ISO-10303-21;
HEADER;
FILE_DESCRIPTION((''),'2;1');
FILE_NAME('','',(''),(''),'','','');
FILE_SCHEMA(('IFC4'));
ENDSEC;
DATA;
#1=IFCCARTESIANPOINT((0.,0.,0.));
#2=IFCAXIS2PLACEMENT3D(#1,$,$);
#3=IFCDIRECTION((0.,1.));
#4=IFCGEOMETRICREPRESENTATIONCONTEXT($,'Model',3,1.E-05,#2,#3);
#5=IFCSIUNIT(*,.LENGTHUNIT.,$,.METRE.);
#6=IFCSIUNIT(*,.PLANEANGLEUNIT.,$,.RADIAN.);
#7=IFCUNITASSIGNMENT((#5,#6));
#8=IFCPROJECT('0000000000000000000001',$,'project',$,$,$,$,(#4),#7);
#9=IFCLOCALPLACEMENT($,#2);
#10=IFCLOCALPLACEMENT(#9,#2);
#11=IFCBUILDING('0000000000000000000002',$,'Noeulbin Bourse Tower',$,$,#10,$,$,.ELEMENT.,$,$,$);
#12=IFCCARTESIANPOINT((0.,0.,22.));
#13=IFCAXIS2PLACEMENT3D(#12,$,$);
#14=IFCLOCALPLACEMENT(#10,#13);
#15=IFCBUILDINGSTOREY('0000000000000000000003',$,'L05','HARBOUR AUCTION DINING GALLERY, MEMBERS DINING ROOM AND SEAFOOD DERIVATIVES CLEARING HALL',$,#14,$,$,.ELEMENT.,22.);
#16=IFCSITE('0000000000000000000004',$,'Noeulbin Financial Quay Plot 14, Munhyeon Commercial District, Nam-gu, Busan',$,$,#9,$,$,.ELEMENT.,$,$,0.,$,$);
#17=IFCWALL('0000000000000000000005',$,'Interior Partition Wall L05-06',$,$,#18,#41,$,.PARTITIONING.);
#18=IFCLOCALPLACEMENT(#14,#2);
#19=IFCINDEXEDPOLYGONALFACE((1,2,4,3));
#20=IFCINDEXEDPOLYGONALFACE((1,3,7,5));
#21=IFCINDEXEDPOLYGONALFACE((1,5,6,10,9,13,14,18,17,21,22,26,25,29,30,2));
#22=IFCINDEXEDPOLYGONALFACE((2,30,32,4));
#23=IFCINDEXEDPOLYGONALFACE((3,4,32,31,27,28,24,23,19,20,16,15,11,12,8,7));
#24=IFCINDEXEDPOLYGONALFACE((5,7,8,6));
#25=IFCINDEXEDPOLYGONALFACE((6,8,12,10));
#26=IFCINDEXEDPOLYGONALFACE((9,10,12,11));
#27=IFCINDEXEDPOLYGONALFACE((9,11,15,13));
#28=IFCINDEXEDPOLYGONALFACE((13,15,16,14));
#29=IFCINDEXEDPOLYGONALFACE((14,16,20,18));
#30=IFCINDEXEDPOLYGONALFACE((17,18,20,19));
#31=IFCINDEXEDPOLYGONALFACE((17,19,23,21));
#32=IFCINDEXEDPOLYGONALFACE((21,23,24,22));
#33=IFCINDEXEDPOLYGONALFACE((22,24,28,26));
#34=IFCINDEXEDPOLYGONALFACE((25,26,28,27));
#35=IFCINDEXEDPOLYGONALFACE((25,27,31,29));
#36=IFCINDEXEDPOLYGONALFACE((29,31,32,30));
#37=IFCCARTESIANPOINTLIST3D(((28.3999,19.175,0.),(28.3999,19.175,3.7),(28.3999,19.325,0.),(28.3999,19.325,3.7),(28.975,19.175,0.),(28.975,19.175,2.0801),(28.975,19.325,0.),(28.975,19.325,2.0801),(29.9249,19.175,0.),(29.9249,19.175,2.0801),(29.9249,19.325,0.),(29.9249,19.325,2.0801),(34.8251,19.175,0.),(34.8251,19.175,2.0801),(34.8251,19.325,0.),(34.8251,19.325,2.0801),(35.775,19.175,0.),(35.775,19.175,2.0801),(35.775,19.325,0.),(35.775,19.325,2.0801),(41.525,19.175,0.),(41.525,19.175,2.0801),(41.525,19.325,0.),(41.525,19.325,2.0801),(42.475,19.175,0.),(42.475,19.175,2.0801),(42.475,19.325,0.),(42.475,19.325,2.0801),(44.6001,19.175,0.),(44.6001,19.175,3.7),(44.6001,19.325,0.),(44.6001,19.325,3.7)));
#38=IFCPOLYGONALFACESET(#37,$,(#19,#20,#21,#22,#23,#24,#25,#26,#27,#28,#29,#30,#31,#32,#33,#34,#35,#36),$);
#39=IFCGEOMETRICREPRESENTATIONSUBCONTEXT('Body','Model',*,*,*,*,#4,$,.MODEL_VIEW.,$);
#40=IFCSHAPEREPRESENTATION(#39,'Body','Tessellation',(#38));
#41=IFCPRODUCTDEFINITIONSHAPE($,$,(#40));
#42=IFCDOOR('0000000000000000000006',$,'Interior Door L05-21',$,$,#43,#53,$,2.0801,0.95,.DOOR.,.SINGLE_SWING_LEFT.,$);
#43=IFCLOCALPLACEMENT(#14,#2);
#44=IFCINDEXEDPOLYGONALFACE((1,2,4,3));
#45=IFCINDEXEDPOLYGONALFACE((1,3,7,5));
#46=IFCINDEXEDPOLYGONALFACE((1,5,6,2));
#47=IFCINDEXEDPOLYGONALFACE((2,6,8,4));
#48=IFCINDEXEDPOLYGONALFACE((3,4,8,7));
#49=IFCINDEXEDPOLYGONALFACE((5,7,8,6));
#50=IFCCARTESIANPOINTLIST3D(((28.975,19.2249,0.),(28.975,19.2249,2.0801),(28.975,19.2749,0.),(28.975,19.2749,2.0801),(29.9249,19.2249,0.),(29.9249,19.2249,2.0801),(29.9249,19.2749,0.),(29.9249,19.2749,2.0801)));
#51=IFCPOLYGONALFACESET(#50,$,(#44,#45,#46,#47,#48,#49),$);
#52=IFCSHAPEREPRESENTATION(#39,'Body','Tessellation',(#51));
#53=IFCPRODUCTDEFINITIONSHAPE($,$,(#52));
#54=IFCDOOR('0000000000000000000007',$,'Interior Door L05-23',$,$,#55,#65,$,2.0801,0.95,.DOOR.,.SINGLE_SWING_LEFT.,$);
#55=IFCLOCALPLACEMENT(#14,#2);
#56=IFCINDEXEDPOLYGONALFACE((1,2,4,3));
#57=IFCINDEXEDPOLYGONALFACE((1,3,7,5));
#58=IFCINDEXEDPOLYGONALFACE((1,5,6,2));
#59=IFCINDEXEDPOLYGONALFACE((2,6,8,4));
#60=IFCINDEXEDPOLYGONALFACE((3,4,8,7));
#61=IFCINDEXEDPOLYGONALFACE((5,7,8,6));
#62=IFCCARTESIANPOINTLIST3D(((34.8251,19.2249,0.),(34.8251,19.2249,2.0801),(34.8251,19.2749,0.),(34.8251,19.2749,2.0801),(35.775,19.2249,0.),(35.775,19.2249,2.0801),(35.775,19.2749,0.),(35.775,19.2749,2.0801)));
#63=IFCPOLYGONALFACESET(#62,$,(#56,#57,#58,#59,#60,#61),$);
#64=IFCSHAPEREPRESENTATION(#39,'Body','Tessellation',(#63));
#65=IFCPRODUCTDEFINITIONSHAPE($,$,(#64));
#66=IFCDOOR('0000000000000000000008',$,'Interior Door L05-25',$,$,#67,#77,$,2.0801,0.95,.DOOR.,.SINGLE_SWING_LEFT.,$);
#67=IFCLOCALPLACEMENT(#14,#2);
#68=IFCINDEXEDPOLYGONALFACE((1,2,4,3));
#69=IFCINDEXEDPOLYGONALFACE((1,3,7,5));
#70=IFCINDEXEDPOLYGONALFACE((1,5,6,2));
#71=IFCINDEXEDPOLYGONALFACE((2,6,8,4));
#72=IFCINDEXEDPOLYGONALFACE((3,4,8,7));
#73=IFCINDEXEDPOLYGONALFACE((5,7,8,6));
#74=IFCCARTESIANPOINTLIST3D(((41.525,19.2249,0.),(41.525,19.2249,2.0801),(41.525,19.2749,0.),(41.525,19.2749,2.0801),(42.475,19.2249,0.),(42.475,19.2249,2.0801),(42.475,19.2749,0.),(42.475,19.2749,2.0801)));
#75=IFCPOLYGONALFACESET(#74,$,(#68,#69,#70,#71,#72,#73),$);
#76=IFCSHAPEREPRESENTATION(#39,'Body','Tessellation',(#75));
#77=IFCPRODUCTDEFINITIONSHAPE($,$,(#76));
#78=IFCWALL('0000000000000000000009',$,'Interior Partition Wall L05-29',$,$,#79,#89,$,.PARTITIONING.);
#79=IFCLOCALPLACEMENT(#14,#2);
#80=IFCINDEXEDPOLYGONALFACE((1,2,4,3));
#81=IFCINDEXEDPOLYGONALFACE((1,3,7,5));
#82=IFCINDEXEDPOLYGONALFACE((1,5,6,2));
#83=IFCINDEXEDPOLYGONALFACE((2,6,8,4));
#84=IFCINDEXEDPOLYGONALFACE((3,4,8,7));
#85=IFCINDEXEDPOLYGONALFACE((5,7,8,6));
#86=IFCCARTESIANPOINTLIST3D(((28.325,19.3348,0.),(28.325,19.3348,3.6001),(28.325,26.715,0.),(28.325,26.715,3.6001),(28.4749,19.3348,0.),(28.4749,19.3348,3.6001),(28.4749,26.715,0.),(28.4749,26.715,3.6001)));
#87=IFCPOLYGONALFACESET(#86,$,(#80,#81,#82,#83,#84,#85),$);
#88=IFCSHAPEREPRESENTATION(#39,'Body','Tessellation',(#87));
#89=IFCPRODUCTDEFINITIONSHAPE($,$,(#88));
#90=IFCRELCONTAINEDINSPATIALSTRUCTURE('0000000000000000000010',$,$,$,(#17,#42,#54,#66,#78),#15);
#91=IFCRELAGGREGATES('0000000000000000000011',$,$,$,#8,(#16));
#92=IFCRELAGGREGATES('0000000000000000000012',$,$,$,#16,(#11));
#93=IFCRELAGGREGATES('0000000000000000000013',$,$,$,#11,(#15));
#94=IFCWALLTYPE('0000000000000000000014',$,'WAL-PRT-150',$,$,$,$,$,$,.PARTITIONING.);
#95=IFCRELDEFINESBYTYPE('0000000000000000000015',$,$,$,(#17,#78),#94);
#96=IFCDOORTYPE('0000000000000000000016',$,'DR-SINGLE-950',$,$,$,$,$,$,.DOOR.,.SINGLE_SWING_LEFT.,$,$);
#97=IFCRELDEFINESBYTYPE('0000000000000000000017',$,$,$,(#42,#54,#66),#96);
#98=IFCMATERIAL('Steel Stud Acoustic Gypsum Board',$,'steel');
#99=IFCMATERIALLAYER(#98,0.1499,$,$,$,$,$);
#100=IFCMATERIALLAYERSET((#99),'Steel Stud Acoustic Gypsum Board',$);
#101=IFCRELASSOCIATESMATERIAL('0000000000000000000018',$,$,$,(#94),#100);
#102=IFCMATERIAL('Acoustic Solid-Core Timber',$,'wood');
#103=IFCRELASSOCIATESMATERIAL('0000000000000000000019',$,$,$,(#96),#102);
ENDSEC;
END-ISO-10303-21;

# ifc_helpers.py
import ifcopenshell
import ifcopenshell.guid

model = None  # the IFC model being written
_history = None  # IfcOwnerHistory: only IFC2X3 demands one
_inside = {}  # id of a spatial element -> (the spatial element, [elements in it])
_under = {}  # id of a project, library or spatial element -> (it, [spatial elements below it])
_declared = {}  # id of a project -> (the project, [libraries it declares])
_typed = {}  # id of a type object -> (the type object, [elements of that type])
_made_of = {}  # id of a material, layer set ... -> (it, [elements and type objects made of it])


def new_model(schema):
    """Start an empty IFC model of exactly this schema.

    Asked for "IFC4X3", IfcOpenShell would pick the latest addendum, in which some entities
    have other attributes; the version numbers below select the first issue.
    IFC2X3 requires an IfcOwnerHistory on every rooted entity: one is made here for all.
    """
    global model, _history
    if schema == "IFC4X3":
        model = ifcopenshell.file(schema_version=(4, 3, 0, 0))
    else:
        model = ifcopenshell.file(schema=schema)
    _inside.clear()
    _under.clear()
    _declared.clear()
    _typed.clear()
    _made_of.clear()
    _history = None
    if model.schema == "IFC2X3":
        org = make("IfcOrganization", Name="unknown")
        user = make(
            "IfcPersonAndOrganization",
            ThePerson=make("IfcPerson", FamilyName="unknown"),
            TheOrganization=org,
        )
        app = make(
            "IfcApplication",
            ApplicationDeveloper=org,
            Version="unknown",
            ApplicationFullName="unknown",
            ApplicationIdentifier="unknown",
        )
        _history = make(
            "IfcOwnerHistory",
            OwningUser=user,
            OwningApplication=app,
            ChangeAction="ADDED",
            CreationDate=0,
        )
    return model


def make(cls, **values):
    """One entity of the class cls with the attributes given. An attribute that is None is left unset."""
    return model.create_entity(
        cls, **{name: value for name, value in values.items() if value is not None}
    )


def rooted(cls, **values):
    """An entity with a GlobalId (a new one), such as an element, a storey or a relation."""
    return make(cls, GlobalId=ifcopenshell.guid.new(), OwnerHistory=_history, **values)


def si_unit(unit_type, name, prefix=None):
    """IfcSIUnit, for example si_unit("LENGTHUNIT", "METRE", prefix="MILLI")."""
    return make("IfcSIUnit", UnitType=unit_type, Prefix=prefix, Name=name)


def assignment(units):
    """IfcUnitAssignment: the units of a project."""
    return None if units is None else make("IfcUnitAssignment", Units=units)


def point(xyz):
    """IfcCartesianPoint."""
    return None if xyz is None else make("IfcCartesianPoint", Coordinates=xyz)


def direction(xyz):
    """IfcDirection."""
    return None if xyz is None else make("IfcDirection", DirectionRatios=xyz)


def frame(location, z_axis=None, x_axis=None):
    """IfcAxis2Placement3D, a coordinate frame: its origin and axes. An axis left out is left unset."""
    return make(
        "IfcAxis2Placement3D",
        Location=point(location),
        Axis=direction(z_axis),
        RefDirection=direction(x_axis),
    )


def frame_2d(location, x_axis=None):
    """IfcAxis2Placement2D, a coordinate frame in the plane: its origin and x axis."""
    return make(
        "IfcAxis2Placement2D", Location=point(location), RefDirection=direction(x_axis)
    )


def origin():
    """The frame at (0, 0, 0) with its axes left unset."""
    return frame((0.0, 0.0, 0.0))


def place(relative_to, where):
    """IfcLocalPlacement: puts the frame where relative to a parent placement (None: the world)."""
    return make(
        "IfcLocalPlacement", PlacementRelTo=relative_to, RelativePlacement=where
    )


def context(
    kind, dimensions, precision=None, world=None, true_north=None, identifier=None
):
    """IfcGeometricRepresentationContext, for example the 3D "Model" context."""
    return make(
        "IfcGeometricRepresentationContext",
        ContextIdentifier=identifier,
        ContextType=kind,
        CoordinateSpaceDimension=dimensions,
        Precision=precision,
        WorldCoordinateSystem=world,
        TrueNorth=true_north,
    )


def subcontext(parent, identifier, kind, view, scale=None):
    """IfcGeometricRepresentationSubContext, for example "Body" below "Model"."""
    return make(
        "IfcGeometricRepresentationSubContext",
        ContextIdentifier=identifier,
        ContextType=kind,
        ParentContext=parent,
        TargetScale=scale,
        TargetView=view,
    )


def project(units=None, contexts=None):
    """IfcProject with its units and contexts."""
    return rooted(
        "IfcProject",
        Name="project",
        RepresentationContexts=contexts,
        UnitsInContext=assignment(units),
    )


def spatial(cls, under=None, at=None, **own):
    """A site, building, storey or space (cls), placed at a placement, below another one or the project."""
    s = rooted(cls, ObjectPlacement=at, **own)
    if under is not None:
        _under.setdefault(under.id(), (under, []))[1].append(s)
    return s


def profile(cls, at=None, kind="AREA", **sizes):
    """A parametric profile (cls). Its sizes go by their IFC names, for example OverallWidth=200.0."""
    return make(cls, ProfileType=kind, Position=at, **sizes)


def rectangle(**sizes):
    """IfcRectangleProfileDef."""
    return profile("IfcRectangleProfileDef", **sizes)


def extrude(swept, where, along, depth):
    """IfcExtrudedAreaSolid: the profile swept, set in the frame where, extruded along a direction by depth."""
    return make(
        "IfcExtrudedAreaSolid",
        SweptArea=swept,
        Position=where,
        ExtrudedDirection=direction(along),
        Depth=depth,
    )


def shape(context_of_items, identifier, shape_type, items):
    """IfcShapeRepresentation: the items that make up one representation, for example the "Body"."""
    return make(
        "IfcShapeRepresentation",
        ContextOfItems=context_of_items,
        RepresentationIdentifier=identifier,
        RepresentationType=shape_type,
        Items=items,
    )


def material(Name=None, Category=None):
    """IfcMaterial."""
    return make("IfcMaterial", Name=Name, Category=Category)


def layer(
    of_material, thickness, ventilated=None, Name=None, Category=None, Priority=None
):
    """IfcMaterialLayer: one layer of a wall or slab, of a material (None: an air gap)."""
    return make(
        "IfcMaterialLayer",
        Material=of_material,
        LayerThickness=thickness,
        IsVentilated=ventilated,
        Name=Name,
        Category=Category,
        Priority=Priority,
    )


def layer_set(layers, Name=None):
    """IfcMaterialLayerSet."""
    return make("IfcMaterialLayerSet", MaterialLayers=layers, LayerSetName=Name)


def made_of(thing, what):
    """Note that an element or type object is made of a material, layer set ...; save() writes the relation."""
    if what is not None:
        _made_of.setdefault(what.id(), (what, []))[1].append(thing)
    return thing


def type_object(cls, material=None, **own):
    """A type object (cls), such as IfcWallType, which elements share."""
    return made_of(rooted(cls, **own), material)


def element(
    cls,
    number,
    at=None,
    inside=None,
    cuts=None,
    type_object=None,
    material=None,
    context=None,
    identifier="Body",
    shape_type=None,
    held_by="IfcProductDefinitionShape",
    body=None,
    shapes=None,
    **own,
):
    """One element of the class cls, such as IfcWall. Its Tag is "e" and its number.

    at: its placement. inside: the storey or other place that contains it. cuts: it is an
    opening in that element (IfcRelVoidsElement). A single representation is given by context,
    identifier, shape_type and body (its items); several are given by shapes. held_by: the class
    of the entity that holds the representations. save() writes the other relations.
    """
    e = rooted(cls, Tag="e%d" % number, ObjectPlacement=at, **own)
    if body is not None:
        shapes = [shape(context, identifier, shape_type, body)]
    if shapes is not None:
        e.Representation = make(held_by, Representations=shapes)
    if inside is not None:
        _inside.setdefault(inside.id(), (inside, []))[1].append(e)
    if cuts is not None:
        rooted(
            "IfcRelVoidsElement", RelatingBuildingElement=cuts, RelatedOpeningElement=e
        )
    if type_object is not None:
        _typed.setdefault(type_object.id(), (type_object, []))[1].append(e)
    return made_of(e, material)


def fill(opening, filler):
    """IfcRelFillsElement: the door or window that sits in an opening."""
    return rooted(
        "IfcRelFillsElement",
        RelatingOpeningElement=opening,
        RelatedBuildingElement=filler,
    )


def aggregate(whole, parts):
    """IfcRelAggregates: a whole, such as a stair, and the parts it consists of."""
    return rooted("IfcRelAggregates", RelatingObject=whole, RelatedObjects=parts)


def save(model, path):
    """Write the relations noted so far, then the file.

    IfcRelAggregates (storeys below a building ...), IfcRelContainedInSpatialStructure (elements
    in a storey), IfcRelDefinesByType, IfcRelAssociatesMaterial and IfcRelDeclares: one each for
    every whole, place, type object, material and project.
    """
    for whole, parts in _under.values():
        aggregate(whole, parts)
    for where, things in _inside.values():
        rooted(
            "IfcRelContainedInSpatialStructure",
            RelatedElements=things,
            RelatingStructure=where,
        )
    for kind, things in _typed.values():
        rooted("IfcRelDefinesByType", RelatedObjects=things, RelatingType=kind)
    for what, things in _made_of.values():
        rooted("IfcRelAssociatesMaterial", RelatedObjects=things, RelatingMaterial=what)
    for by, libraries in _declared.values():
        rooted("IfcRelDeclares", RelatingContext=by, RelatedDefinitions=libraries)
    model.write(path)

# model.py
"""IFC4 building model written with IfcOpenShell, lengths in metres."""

from ifc_helpers import new_model, si_unit, direction, frame, frame_2d, origin, place, context, subcontext, project, spatial, rectangle, extrude, material, layer, layer_set, type_object, element, fill, save


model = new_model("IFC4")

# Units and contexts
model_context = context("Model", 3, precision=1e-05, world=origin(), true_north=direction((0.0, 1.0)))
body_context = subcontext(model_context, "Body", "Model", "MODEL_VIEW")
ifc_project = project(units=[si_unit("LENGTHUNIT", "METRE"), si_unit("PLANEANGLEUNIT", "RADIAN")], contexts=[model_context])

# Site, building, storey
site_placement = place(None, origin())
site = spatial("IfcSite", under=ifc_project, at=site_placement, Name="Noeulbin Financial Quay Plot 14, Munhyeon Commercial District, Nam-gu, Busan", CompositionType="ELEMENT", RefElevation=0.0)
building_placement = place(site_placement, origin())
building = spatial("IfcBuilding", under=site, at=building_placement, Name="Noeulbin Bourse Tower", CompositionType="ELEMENT")
storey_placement = place(building_placement, frame((0.0, 0.0, 22.0)))
storey = spatial("IfcBuildingStorey", under=building, at=storey_placement, Name="L05", Description="HARBOUR AUCTION DINING GALLERY, MEMBERS DINING ROOM AND SEAFOOD DERIVATIVES CLEARING HALL", CompositionType="ELEMENT", Elevation=22.0)

# Wall, openings, doors
ifc_material_1 = material(Name="Steel Stud Acoustic Gypsum Board", Category="steel")
ifc_layer_1 = layer(ifc_material_1, 0.1499)
ifc_layer_set_1 = layer_set([ifc_layer_1], Name="Steel Stud Acoustic Gypsum Board")
wall_type_1 = type_object("IfcWallType", Name="WAL-PRT-150", PredefinedType="PARTITIONING", material=ifc_layer_set_1)
wall_1_placement = place(storey_placement, frame((28.3999, 19.25, 0.0), z_axis=(0.0, 0.0, 1.0), x_axis=(1.0, 0.0, 0.0)))
wall_1 = element("IfcWall", 1, at=wall_1_placement, inside=storey, type_object=wall_type_1, Name="Interior Partition Wall L05-06", PredefinedType="PARTITIONING", context=body_context, shape_type="SweptSolid", body=[
    extrude(rectangle(XDim=16.2002, YDim=0.1499, at=frame_2d((8.1001, 0.0))), origin(), (0.0, 0.0, 1.0), 3.7),
])
opening_1_placement = place(wall_1_placement, frame((0.575, 0.0, 0.0)))
opening_1 = element("IfcOpeningElement", 2, at=opening_1_placement, cuts=wall_1, PredefinedType="OPENING", context=body_context, shape_type="SweptSolid", body=[
    extrude(rectangle(XDim=0.95, YDim=2.0801, at=frame_2d((0.4751, 1.04))), frame((0.0, 0.085, 0.0), z_axis=(0.0, -1.0, 0.0), x_axis=(1.0, 0.0, 0.0)), (0.0, 0.0, 1.0), 0.1699),
])
opening_2_placement = place(wall_1_placement, frame((6.425, 0.0, 0.0)))
opening_2 = element("IfcOpeningElement", 3, at=opening_2_placement, cuts=wall_1, PredefinedType="OPENING", context=body_context, shape_type="SweptSolid", body=[
    extrude(rectangle(XDim=0.95, YDim=2.0801, at=frame_2d((0.4751, 1.04))), frame((0.0, 0.085, 0.0), z_axis=(0.0, -1.0, 0.0), x_axis=(1.0, 0.0, 0.0)), (0.0, 0.0, 1.0), 0.1699),
])
opening_3_placement = place(wall_1_placement, frame((13.125, 0.0, 0.0)))
opening_3 = element("IfcOpeningElement", 4, at=opening_3_placement, cuts=wall_1, PredefinedType="OPENING", context=body_context, shape_type="SweptSolid", body=[
    extrude(rectangle(XDim=0.95, YDim=2.0801, at=frame_2d((0.4751, 1.04))), frame((0.0, 0.085, 0.0), z_axis=(0.0, -1.0, 0.0), x_axis=(1.0, 0.0, 0.0)), (0.0, 0.0, 1.0), 0.1699),
])
ifc_material_2 = material(Name="Acoustic Solid-Core Timber", Category="wood")
door_type = type_object("IfcDoorType", Name="DR-SINGLE-950", OperationType="SINGLE_SWING_LEFT", PredefinedType="DOOR", material=ifc_material_2)
door_1_placement = place(opening_1_placement, origin())
door_1 = element("IfcDoor", 5, at=door_1_placement, inside=storey, type_object=door_type, Name="Interior Door L05-21", OperationType="SINGLE_SWING_LEFT", OverallHeight=2.0801, OverallWidth=0.95, PredefinedType="DOOR", context=body_context, shape_type="SweptSolid", body=[
    extrude(rectangle(XDim=0.95, YDim=2.0801, at=frame_2d((0.4751, 1.04))), frame((0.0, 0.0249, 0.0), z_axis=(0.0, -1.0, 0.0), x_axis=(1.0, 0.0, 0.0)), (0.0, 0.0, 1.0), 0.05),
])
fill(opening_1, door_1)
door_2_placement = place(opening_2_placement, origin())
door_2 = element("IfcDoor", 6, at=door_2_placement, inside=storey, type_object=door_type, Name="Interior Door L05-23", OperationType="SINGLE_SWING_LEFT", OverallHeight=2.0801, OverallWidth=0.95, PredefinedType="DOOR", context=body_context, shape_type="SweptSolid", body=[
    extrude(rectangle(XDim=0.95, YDim=2.0801, at=frame_2d((0.4751, 1.04))), frame((0.0, 0.0249, 0.0), z_axis=(0.0, -1.0, 0.0), x_axis=(1.0, 0.0, 0.0)), (0.0, 0.0, 1.0), 0.05),
])
fill(opening_2, door_2)
door_3_placement = place(opening_3_placement, origin())
door_3 = element("IfcDoor", 7, at=door_3_placement, inside=storey, type_object=door_type, Name="Interior Door L05-25", OperationType="SINGLE_SWING_LEFT", OverallHeight=2.0801, OverallWidth=0.95, PredefinedType="DOOR", context=body_context, shape_type="SweptSolid", body=[
    extrude(rectangle(XDim=0.95, YDim=2.0801, at=frame_2d((0.4751, 1.04))), frame((0.0, 0.0249, 0.0), z_axis=(0.0, -1.0, 0.0), x_axis=(1.0, 0.0, 0.0)), (0.0, 0.0, 1.0), 0.05),
])
fill(opening_3, door_3)

# Wall
wall_2_placement = place(storey_placement, frame((28.3999, 19.335, 0.0), z_axis=(0.0, 0.0, 1.0), x_axis=(0.0, 1.0, 0.0)))
element("IfcWall", 8, at=wall_2_placement, inside=storey, type_object=wall_type_1, Name="Interior Partition Wall L05-29", PredefinedType="PARTITIONING", context=body_context, shape_type="SweptSolid", body=[
    extrude(rectangle(XDim=7.3801, YDim=0.1499, at=frame_2d((3.6899, 0.0))), origin(), (0.0, 0.0, 1.0), 3.6001),
])

save(model, "model.ifc")
